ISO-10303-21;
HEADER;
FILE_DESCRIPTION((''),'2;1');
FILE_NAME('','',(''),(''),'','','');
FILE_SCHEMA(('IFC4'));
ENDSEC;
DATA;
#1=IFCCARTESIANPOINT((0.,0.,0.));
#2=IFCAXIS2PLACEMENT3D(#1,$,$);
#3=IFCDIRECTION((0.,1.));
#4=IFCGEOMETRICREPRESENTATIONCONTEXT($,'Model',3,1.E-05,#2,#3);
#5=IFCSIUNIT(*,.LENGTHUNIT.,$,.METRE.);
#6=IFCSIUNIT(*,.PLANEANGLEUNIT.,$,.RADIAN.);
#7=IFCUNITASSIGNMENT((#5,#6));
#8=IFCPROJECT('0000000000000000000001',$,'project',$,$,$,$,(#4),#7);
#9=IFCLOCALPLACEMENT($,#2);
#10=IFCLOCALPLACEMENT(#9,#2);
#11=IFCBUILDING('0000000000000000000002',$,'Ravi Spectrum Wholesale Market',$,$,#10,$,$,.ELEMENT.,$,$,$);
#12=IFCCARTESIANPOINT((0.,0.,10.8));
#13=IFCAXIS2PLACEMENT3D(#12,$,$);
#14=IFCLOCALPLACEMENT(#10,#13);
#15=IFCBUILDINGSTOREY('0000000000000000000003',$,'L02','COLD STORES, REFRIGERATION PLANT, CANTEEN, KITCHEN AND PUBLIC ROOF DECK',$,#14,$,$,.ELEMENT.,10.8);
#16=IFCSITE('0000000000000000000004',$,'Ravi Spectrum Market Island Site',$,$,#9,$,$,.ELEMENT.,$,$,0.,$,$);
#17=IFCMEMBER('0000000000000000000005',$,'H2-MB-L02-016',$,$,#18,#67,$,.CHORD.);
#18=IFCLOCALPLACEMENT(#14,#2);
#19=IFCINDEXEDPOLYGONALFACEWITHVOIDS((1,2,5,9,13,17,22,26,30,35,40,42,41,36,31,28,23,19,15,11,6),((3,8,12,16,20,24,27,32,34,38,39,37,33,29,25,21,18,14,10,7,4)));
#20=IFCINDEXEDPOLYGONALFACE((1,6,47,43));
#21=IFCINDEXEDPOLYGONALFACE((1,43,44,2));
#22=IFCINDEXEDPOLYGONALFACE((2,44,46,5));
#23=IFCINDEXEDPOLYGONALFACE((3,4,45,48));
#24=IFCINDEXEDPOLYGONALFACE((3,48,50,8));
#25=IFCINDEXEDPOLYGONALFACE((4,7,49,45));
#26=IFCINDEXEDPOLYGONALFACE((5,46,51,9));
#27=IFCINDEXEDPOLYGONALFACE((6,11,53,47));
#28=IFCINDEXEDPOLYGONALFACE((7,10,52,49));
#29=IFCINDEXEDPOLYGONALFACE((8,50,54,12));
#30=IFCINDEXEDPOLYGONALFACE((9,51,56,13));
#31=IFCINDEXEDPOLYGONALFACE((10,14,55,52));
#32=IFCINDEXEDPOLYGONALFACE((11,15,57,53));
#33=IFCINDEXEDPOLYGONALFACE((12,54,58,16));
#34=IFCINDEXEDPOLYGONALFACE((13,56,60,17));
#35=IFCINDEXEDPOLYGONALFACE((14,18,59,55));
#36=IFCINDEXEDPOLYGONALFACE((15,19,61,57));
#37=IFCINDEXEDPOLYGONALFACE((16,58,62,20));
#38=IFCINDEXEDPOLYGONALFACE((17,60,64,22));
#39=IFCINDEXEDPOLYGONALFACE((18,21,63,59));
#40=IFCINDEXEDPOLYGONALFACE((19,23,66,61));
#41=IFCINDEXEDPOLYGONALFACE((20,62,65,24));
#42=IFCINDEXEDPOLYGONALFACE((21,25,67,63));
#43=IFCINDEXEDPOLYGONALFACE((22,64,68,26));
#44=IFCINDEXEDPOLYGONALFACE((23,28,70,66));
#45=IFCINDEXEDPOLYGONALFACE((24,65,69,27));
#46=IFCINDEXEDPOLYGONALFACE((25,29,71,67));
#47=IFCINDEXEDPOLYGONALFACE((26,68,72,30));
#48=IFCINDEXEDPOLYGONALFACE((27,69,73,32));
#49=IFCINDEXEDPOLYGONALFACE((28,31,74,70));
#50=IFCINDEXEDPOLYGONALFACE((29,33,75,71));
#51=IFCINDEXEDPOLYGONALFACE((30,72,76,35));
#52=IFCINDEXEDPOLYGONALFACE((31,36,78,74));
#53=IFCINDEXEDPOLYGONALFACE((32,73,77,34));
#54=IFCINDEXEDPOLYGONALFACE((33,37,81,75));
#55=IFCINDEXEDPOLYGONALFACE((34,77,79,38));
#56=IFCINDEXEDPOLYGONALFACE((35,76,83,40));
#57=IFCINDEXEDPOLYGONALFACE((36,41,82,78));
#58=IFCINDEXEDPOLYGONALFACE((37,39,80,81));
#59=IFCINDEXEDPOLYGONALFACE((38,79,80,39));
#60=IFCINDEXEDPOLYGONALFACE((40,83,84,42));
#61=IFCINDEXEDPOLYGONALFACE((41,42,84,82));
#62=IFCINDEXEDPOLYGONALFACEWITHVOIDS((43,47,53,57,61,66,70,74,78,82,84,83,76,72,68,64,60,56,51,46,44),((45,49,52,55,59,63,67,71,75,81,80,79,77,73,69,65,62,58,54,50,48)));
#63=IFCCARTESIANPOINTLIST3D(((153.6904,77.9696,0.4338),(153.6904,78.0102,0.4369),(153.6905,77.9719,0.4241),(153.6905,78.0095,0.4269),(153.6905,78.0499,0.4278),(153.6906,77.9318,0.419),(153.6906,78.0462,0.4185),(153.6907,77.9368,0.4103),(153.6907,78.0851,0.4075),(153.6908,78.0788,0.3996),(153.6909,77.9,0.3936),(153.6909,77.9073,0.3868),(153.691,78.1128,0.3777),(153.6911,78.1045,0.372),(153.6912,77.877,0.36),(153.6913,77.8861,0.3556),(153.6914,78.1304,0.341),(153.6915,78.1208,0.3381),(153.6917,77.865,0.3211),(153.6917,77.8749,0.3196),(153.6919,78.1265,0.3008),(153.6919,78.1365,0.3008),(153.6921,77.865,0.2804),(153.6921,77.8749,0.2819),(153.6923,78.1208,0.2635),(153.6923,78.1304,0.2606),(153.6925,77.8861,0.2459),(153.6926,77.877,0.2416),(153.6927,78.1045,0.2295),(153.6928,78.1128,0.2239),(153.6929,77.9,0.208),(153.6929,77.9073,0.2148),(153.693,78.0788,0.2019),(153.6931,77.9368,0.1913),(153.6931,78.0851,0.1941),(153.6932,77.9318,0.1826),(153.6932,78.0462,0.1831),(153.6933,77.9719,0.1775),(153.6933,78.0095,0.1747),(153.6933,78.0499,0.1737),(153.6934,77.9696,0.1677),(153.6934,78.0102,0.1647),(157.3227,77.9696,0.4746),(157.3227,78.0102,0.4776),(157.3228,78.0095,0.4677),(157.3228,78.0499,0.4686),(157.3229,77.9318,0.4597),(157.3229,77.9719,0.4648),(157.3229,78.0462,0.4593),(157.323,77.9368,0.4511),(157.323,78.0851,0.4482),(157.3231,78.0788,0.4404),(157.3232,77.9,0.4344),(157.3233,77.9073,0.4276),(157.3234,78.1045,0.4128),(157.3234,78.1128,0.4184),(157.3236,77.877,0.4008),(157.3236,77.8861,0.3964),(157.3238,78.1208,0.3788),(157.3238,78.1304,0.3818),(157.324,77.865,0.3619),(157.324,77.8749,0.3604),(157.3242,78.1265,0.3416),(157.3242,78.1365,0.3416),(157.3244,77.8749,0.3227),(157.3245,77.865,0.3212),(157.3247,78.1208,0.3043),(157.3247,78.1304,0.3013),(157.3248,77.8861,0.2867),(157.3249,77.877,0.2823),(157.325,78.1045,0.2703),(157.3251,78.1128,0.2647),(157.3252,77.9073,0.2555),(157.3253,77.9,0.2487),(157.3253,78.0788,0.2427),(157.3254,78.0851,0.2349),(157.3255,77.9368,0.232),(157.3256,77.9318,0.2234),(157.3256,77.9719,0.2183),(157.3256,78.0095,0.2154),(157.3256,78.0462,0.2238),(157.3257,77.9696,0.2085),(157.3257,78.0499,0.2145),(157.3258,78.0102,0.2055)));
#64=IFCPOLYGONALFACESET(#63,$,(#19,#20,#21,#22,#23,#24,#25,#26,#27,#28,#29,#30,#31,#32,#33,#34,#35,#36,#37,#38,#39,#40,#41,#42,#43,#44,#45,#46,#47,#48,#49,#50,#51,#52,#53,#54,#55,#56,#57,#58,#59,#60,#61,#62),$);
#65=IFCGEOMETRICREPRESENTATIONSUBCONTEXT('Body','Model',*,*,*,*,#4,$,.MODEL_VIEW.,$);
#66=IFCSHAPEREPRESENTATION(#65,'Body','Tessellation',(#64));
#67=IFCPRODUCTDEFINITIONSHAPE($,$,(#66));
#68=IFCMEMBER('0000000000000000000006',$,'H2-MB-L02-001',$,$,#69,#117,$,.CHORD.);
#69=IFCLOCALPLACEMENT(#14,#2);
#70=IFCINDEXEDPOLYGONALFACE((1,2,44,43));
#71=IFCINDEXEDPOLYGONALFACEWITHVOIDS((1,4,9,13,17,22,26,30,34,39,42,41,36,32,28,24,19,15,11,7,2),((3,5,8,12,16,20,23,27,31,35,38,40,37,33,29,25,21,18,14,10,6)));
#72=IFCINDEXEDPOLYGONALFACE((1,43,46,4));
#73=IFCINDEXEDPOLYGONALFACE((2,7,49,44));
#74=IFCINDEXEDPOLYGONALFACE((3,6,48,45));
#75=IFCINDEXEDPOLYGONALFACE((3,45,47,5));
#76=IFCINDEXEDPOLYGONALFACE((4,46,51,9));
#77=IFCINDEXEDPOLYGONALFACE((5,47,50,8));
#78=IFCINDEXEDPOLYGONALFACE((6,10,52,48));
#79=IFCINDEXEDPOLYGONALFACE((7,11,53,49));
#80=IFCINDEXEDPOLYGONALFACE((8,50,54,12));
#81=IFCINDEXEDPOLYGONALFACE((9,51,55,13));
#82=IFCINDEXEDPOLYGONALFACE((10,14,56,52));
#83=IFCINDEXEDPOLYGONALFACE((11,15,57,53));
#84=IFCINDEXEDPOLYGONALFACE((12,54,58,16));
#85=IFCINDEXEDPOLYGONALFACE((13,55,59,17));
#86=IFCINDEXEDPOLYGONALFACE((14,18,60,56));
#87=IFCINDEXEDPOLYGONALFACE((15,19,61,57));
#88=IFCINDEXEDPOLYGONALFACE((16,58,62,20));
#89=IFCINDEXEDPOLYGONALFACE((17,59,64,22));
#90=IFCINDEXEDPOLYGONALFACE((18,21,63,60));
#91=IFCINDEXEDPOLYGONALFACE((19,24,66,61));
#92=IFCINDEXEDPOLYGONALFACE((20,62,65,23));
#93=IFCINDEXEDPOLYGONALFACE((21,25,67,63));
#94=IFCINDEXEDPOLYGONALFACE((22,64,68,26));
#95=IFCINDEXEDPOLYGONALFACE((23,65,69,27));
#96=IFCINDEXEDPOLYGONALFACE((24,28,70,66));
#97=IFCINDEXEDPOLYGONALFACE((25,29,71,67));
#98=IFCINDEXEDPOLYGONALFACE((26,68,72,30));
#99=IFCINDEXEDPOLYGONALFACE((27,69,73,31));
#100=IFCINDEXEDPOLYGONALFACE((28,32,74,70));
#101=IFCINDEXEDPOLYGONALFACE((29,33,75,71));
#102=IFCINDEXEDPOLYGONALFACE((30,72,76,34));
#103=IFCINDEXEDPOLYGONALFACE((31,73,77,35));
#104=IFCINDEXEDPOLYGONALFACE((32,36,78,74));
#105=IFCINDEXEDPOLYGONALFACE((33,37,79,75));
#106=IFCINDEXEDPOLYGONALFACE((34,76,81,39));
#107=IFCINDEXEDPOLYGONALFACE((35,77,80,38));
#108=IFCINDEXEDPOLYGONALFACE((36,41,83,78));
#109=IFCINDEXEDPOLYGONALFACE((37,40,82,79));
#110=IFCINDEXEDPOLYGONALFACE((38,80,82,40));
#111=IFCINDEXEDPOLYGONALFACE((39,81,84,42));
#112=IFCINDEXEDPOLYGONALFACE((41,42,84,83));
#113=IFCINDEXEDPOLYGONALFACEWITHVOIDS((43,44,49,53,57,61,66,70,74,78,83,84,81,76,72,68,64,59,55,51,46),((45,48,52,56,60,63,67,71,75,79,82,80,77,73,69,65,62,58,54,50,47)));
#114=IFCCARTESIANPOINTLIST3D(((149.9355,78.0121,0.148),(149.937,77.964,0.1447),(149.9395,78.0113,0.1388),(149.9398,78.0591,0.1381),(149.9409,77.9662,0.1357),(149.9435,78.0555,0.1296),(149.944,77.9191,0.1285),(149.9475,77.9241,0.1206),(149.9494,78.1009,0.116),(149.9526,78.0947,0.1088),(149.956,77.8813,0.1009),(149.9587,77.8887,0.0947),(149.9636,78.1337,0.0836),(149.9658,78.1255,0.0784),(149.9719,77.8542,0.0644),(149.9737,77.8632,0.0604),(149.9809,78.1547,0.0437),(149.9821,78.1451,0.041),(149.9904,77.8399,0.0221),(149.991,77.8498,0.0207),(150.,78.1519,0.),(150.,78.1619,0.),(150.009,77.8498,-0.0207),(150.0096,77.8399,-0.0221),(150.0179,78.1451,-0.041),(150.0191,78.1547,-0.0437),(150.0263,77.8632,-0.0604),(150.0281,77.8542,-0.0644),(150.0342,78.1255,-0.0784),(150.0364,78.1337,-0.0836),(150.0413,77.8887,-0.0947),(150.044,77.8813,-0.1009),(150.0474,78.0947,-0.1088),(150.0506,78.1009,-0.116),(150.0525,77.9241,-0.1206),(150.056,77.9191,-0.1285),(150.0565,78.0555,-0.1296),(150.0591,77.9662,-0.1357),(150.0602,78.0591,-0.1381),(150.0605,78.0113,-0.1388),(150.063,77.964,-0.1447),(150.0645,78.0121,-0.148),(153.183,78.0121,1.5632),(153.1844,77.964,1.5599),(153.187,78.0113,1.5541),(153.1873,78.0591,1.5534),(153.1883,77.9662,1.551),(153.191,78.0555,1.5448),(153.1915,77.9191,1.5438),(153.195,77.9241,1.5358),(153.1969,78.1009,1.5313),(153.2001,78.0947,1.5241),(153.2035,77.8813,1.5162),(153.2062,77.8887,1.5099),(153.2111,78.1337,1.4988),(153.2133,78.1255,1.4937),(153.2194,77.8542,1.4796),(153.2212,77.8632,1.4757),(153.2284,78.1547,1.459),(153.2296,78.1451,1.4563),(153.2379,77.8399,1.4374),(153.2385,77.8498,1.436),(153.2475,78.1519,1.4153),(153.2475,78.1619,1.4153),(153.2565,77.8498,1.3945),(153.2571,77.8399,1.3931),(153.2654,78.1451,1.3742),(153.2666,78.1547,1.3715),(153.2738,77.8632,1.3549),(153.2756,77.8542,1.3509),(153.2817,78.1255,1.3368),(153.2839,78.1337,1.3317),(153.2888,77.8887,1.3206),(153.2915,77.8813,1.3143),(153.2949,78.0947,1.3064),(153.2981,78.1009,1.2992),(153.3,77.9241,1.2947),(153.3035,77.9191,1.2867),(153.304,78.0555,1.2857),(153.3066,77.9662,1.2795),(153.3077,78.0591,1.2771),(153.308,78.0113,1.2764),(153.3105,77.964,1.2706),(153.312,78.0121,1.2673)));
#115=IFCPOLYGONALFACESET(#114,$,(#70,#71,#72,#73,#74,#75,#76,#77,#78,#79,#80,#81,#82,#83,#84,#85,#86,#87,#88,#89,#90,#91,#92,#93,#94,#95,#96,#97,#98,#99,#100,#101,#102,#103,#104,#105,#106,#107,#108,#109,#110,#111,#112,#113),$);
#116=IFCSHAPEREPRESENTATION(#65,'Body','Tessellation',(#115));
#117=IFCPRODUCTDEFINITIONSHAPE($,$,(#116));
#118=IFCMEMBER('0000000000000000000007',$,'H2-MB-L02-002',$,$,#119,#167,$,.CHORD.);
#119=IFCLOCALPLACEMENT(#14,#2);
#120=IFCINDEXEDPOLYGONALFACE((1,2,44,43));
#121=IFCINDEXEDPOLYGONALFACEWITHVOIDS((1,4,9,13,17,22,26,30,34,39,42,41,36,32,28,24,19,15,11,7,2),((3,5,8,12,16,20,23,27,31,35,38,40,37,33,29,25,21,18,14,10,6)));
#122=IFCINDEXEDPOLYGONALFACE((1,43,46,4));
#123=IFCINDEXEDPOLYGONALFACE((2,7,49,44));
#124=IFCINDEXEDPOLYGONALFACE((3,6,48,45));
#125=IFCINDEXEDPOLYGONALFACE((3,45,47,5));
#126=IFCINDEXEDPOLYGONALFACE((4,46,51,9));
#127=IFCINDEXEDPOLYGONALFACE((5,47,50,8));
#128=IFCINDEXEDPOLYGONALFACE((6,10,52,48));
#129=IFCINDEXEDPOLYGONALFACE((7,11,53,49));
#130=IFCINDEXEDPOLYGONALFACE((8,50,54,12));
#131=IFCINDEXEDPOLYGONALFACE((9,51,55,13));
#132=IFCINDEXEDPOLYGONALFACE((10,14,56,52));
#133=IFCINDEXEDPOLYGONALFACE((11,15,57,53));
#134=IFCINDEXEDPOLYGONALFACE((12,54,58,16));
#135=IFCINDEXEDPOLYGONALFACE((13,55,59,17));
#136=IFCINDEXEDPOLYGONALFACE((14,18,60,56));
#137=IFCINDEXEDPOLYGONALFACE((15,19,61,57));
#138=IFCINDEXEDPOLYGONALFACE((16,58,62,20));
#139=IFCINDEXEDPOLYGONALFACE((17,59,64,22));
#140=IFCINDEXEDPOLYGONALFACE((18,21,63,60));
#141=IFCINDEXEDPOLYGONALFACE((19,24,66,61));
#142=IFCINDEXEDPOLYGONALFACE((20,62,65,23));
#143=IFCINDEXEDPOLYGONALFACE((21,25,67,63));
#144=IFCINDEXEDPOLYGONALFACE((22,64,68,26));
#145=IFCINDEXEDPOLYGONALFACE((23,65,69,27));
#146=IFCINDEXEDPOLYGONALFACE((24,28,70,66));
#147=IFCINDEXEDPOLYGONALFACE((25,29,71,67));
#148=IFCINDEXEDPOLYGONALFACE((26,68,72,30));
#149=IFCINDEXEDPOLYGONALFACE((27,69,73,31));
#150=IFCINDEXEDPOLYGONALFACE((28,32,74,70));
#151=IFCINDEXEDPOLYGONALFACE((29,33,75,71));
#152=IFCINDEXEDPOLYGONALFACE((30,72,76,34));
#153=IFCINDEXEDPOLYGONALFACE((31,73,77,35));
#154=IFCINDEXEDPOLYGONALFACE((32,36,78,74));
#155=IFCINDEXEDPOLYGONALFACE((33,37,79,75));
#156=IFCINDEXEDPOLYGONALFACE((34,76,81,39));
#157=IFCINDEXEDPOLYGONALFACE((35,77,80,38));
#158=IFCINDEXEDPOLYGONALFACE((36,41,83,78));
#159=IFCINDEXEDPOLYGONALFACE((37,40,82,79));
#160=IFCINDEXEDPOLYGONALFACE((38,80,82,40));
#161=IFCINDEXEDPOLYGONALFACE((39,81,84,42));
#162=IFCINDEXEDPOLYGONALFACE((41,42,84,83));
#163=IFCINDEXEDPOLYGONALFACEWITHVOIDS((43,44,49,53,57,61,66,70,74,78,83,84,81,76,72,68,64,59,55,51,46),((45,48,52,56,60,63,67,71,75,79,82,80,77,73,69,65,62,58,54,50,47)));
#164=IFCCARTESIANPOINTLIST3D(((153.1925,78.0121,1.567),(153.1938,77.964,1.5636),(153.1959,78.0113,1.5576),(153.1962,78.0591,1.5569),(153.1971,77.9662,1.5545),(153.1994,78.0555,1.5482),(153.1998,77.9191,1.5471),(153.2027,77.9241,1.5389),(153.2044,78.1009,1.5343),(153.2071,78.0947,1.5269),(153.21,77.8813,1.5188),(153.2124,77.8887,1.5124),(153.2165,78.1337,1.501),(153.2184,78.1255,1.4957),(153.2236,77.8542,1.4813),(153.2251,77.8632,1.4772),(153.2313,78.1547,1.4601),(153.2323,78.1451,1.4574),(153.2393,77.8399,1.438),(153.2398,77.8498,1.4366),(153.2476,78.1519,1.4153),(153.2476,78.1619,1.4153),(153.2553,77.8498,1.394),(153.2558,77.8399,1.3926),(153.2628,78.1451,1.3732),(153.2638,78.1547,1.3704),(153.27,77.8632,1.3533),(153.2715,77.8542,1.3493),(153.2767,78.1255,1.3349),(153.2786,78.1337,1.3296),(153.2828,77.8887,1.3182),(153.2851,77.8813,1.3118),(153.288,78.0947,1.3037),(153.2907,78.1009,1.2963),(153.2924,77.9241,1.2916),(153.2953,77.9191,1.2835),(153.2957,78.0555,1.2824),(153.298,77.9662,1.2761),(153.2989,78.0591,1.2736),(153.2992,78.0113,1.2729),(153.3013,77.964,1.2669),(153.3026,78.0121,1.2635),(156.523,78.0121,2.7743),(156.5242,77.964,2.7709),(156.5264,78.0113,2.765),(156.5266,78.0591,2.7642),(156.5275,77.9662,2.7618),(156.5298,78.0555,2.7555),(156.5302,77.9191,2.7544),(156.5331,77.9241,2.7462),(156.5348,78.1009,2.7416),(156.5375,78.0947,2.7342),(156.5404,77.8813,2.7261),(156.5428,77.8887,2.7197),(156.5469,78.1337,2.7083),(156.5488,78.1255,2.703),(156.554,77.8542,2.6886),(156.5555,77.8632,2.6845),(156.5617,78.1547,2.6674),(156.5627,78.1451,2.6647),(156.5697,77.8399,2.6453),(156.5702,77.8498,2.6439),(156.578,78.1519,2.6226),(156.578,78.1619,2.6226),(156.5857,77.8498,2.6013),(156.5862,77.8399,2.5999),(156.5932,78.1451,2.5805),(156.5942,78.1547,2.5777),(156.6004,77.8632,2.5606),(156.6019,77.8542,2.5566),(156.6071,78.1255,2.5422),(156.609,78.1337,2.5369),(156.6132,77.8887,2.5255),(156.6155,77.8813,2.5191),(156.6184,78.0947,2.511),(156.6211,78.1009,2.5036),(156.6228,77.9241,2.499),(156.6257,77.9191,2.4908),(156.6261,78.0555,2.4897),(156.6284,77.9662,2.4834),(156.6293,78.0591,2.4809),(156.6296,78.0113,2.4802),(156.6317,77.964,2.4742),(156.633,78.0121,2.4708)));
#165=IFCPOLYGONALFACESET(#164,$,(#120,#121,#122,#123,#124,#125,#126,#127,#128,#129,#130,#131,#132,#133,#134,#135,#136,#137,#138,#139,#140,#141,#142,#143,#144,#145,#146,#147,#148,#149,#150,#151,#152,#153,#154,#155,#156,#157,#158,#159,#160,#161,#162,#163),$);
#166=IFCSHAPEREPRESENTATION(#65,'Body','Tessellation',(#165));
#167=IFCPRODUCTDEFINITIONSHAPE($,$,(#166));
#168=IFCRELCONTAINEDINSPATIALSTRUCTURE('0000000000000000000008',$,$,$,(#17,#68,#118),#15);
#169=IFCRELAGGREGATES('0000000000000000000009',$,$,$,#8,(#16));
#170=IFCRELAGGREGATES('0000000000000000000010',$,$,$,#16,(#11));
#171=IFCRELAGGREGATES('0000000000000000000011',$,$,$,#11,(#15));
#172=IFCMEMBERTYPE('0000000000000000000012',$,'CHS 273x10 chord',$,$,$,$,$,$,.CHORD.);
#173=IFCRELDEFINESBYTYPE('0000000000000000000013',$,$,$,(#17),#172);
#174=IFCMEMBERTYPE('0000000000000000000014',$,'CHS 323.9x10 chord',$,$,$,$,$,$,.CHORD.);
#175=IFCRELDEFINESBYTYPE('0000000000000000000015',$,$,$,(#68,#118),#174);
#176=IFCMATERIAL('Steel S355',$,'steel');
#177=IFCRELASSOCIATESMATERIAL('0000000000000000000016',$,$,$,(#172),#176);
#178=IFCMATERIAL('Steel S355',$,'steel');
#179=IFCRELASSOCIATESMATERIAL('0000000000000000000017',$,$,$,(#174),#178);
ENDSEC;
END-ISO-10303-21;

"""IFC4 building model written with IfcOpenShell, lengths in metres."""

from ifc_helpers import new_model, si_unit, direction, frame, origin, origin_2d, place, context, subcontext, project, spatial, hollow_circle, extrude, material, material_profile, profile_set, type_object, element, save


model = new_model("IFC4")

# Units and contexts
model_context = context("Model", 3, precision=1e-05, world=origin(), true_north=direction((0.0, 1.0)))
body_context = subcontext(model_context, "Body", "Model", "MODEL_VIEW")
ifc_project = project(units=[si_unit("LENGTHUNIT", "METRE"), si_unit("PLANEANGLEUNIT", "RADIAN")], contexts=[model_context])

# Site, building, storey
site_placement = place(None, origin())
site = spatial("IfcSite", under=ifc_project, at=site_placement, Name="Ravi Spectrum Market Island Site", CompositionType="ELEMENT", RefElevation=0.0)
building_placement = place(site_placement, origin())
building = spatial("IfcBuilding", under=site, at=building_placement, Name="Ravi Spectrum Wholesale Market", CompositionType="ELEMENT")
storey_placement = place(building_placement, frame((0.0, 0.0, 10.8)))
storey = spatial("IfcBuildingStorey", under=building, at=storey_placement, Name="L02", Description="COLD STORES, REFRIGERATION PLANT, CANTEEN, KITCHEN AND PUBLIC ROOF DECK", CompositionType="ELEMENT", Elevation=10.8)

# Members
ifc_material_1 = material(Name="Steel S355", Category="steel")
ifc_material_profile_1 = material_profile(ifc_material_1, hollow_circle(Radius=0.1365, WallThickness=0.01, at=origin_2d()))
ifc_profile_set_1 = profile_set([ifc_material_profile_1], Name="Steel S355")
member_type_1 = type_object("IfcMemberType", Name="CHS 273x10 chord", PredefinedType="CHORD", material=ifc_profile_set_1)
member_1_placement = place(storey_placement, frame((153.6919, 78.0, 0.3008), z_axis=(0.999937, 0.0, 0.011224), x_axis=(0.0, 1.0, 0.0)))
element("IfcMember", 1, at=member_1_placement, inside=storey, type_object=member_type_1, Name="H2-MB-L02-016", PredefinedType="CHORD", context=body_context, shape_type="SweptSolid", body=[
    extrude(hollow_circle(Radius=0.1365, WallThickness=0.01, at=origin_2d()), origin(), (0.0, 0.0, 1.0), 3.6326),
])
ifc_material_2 = material(Name="Steel S355", Category="steel")
ifc_material_profile_2 = material_profile(ifc_material_2, hollow_circle(Radius=0.1619, WallThickness=0.01, at=origin_2d()))
ifc_profile_set_2 = profile_set([ifc_material_profile_2], Name="Steel S355")
member_type_2 = type_object("IfcMemberType", Name="CHS 323.9x10 chord", PredefinedType="CHORD", material=ifc_profile_set_2)
for number, where, z_axis, x_axis, name in (
    (2, (150.0, 78.0, 0.0), (0.916729, 0.0, 0.39951), (0.0, 1.0, 0.0), "H2-MB-L02-001"),
    (3, (153.2476, 78.0, 1.4153), (0.940133, 0.0, 0.340808), (0.0, 1.0, 0.0), "H2-MB-L02-002"),
):
    element("IfcMember", number, at=place(storey_placement, frame(where, z_axis=z_axis, x_axis=x_axis)), inside=storey, type_object=member_type_2, Name=name, PredefinedType="CHORD", context=body_context, shape_type="SweptSolid", body=[
        extrude(hollow_circle(Radius=0.1619, WallThickness=0.01, at=origin_2d()), origin(), (0.0, 0.0, 1.0), 3.5425),
    ])

save(model, "model.ifc")
